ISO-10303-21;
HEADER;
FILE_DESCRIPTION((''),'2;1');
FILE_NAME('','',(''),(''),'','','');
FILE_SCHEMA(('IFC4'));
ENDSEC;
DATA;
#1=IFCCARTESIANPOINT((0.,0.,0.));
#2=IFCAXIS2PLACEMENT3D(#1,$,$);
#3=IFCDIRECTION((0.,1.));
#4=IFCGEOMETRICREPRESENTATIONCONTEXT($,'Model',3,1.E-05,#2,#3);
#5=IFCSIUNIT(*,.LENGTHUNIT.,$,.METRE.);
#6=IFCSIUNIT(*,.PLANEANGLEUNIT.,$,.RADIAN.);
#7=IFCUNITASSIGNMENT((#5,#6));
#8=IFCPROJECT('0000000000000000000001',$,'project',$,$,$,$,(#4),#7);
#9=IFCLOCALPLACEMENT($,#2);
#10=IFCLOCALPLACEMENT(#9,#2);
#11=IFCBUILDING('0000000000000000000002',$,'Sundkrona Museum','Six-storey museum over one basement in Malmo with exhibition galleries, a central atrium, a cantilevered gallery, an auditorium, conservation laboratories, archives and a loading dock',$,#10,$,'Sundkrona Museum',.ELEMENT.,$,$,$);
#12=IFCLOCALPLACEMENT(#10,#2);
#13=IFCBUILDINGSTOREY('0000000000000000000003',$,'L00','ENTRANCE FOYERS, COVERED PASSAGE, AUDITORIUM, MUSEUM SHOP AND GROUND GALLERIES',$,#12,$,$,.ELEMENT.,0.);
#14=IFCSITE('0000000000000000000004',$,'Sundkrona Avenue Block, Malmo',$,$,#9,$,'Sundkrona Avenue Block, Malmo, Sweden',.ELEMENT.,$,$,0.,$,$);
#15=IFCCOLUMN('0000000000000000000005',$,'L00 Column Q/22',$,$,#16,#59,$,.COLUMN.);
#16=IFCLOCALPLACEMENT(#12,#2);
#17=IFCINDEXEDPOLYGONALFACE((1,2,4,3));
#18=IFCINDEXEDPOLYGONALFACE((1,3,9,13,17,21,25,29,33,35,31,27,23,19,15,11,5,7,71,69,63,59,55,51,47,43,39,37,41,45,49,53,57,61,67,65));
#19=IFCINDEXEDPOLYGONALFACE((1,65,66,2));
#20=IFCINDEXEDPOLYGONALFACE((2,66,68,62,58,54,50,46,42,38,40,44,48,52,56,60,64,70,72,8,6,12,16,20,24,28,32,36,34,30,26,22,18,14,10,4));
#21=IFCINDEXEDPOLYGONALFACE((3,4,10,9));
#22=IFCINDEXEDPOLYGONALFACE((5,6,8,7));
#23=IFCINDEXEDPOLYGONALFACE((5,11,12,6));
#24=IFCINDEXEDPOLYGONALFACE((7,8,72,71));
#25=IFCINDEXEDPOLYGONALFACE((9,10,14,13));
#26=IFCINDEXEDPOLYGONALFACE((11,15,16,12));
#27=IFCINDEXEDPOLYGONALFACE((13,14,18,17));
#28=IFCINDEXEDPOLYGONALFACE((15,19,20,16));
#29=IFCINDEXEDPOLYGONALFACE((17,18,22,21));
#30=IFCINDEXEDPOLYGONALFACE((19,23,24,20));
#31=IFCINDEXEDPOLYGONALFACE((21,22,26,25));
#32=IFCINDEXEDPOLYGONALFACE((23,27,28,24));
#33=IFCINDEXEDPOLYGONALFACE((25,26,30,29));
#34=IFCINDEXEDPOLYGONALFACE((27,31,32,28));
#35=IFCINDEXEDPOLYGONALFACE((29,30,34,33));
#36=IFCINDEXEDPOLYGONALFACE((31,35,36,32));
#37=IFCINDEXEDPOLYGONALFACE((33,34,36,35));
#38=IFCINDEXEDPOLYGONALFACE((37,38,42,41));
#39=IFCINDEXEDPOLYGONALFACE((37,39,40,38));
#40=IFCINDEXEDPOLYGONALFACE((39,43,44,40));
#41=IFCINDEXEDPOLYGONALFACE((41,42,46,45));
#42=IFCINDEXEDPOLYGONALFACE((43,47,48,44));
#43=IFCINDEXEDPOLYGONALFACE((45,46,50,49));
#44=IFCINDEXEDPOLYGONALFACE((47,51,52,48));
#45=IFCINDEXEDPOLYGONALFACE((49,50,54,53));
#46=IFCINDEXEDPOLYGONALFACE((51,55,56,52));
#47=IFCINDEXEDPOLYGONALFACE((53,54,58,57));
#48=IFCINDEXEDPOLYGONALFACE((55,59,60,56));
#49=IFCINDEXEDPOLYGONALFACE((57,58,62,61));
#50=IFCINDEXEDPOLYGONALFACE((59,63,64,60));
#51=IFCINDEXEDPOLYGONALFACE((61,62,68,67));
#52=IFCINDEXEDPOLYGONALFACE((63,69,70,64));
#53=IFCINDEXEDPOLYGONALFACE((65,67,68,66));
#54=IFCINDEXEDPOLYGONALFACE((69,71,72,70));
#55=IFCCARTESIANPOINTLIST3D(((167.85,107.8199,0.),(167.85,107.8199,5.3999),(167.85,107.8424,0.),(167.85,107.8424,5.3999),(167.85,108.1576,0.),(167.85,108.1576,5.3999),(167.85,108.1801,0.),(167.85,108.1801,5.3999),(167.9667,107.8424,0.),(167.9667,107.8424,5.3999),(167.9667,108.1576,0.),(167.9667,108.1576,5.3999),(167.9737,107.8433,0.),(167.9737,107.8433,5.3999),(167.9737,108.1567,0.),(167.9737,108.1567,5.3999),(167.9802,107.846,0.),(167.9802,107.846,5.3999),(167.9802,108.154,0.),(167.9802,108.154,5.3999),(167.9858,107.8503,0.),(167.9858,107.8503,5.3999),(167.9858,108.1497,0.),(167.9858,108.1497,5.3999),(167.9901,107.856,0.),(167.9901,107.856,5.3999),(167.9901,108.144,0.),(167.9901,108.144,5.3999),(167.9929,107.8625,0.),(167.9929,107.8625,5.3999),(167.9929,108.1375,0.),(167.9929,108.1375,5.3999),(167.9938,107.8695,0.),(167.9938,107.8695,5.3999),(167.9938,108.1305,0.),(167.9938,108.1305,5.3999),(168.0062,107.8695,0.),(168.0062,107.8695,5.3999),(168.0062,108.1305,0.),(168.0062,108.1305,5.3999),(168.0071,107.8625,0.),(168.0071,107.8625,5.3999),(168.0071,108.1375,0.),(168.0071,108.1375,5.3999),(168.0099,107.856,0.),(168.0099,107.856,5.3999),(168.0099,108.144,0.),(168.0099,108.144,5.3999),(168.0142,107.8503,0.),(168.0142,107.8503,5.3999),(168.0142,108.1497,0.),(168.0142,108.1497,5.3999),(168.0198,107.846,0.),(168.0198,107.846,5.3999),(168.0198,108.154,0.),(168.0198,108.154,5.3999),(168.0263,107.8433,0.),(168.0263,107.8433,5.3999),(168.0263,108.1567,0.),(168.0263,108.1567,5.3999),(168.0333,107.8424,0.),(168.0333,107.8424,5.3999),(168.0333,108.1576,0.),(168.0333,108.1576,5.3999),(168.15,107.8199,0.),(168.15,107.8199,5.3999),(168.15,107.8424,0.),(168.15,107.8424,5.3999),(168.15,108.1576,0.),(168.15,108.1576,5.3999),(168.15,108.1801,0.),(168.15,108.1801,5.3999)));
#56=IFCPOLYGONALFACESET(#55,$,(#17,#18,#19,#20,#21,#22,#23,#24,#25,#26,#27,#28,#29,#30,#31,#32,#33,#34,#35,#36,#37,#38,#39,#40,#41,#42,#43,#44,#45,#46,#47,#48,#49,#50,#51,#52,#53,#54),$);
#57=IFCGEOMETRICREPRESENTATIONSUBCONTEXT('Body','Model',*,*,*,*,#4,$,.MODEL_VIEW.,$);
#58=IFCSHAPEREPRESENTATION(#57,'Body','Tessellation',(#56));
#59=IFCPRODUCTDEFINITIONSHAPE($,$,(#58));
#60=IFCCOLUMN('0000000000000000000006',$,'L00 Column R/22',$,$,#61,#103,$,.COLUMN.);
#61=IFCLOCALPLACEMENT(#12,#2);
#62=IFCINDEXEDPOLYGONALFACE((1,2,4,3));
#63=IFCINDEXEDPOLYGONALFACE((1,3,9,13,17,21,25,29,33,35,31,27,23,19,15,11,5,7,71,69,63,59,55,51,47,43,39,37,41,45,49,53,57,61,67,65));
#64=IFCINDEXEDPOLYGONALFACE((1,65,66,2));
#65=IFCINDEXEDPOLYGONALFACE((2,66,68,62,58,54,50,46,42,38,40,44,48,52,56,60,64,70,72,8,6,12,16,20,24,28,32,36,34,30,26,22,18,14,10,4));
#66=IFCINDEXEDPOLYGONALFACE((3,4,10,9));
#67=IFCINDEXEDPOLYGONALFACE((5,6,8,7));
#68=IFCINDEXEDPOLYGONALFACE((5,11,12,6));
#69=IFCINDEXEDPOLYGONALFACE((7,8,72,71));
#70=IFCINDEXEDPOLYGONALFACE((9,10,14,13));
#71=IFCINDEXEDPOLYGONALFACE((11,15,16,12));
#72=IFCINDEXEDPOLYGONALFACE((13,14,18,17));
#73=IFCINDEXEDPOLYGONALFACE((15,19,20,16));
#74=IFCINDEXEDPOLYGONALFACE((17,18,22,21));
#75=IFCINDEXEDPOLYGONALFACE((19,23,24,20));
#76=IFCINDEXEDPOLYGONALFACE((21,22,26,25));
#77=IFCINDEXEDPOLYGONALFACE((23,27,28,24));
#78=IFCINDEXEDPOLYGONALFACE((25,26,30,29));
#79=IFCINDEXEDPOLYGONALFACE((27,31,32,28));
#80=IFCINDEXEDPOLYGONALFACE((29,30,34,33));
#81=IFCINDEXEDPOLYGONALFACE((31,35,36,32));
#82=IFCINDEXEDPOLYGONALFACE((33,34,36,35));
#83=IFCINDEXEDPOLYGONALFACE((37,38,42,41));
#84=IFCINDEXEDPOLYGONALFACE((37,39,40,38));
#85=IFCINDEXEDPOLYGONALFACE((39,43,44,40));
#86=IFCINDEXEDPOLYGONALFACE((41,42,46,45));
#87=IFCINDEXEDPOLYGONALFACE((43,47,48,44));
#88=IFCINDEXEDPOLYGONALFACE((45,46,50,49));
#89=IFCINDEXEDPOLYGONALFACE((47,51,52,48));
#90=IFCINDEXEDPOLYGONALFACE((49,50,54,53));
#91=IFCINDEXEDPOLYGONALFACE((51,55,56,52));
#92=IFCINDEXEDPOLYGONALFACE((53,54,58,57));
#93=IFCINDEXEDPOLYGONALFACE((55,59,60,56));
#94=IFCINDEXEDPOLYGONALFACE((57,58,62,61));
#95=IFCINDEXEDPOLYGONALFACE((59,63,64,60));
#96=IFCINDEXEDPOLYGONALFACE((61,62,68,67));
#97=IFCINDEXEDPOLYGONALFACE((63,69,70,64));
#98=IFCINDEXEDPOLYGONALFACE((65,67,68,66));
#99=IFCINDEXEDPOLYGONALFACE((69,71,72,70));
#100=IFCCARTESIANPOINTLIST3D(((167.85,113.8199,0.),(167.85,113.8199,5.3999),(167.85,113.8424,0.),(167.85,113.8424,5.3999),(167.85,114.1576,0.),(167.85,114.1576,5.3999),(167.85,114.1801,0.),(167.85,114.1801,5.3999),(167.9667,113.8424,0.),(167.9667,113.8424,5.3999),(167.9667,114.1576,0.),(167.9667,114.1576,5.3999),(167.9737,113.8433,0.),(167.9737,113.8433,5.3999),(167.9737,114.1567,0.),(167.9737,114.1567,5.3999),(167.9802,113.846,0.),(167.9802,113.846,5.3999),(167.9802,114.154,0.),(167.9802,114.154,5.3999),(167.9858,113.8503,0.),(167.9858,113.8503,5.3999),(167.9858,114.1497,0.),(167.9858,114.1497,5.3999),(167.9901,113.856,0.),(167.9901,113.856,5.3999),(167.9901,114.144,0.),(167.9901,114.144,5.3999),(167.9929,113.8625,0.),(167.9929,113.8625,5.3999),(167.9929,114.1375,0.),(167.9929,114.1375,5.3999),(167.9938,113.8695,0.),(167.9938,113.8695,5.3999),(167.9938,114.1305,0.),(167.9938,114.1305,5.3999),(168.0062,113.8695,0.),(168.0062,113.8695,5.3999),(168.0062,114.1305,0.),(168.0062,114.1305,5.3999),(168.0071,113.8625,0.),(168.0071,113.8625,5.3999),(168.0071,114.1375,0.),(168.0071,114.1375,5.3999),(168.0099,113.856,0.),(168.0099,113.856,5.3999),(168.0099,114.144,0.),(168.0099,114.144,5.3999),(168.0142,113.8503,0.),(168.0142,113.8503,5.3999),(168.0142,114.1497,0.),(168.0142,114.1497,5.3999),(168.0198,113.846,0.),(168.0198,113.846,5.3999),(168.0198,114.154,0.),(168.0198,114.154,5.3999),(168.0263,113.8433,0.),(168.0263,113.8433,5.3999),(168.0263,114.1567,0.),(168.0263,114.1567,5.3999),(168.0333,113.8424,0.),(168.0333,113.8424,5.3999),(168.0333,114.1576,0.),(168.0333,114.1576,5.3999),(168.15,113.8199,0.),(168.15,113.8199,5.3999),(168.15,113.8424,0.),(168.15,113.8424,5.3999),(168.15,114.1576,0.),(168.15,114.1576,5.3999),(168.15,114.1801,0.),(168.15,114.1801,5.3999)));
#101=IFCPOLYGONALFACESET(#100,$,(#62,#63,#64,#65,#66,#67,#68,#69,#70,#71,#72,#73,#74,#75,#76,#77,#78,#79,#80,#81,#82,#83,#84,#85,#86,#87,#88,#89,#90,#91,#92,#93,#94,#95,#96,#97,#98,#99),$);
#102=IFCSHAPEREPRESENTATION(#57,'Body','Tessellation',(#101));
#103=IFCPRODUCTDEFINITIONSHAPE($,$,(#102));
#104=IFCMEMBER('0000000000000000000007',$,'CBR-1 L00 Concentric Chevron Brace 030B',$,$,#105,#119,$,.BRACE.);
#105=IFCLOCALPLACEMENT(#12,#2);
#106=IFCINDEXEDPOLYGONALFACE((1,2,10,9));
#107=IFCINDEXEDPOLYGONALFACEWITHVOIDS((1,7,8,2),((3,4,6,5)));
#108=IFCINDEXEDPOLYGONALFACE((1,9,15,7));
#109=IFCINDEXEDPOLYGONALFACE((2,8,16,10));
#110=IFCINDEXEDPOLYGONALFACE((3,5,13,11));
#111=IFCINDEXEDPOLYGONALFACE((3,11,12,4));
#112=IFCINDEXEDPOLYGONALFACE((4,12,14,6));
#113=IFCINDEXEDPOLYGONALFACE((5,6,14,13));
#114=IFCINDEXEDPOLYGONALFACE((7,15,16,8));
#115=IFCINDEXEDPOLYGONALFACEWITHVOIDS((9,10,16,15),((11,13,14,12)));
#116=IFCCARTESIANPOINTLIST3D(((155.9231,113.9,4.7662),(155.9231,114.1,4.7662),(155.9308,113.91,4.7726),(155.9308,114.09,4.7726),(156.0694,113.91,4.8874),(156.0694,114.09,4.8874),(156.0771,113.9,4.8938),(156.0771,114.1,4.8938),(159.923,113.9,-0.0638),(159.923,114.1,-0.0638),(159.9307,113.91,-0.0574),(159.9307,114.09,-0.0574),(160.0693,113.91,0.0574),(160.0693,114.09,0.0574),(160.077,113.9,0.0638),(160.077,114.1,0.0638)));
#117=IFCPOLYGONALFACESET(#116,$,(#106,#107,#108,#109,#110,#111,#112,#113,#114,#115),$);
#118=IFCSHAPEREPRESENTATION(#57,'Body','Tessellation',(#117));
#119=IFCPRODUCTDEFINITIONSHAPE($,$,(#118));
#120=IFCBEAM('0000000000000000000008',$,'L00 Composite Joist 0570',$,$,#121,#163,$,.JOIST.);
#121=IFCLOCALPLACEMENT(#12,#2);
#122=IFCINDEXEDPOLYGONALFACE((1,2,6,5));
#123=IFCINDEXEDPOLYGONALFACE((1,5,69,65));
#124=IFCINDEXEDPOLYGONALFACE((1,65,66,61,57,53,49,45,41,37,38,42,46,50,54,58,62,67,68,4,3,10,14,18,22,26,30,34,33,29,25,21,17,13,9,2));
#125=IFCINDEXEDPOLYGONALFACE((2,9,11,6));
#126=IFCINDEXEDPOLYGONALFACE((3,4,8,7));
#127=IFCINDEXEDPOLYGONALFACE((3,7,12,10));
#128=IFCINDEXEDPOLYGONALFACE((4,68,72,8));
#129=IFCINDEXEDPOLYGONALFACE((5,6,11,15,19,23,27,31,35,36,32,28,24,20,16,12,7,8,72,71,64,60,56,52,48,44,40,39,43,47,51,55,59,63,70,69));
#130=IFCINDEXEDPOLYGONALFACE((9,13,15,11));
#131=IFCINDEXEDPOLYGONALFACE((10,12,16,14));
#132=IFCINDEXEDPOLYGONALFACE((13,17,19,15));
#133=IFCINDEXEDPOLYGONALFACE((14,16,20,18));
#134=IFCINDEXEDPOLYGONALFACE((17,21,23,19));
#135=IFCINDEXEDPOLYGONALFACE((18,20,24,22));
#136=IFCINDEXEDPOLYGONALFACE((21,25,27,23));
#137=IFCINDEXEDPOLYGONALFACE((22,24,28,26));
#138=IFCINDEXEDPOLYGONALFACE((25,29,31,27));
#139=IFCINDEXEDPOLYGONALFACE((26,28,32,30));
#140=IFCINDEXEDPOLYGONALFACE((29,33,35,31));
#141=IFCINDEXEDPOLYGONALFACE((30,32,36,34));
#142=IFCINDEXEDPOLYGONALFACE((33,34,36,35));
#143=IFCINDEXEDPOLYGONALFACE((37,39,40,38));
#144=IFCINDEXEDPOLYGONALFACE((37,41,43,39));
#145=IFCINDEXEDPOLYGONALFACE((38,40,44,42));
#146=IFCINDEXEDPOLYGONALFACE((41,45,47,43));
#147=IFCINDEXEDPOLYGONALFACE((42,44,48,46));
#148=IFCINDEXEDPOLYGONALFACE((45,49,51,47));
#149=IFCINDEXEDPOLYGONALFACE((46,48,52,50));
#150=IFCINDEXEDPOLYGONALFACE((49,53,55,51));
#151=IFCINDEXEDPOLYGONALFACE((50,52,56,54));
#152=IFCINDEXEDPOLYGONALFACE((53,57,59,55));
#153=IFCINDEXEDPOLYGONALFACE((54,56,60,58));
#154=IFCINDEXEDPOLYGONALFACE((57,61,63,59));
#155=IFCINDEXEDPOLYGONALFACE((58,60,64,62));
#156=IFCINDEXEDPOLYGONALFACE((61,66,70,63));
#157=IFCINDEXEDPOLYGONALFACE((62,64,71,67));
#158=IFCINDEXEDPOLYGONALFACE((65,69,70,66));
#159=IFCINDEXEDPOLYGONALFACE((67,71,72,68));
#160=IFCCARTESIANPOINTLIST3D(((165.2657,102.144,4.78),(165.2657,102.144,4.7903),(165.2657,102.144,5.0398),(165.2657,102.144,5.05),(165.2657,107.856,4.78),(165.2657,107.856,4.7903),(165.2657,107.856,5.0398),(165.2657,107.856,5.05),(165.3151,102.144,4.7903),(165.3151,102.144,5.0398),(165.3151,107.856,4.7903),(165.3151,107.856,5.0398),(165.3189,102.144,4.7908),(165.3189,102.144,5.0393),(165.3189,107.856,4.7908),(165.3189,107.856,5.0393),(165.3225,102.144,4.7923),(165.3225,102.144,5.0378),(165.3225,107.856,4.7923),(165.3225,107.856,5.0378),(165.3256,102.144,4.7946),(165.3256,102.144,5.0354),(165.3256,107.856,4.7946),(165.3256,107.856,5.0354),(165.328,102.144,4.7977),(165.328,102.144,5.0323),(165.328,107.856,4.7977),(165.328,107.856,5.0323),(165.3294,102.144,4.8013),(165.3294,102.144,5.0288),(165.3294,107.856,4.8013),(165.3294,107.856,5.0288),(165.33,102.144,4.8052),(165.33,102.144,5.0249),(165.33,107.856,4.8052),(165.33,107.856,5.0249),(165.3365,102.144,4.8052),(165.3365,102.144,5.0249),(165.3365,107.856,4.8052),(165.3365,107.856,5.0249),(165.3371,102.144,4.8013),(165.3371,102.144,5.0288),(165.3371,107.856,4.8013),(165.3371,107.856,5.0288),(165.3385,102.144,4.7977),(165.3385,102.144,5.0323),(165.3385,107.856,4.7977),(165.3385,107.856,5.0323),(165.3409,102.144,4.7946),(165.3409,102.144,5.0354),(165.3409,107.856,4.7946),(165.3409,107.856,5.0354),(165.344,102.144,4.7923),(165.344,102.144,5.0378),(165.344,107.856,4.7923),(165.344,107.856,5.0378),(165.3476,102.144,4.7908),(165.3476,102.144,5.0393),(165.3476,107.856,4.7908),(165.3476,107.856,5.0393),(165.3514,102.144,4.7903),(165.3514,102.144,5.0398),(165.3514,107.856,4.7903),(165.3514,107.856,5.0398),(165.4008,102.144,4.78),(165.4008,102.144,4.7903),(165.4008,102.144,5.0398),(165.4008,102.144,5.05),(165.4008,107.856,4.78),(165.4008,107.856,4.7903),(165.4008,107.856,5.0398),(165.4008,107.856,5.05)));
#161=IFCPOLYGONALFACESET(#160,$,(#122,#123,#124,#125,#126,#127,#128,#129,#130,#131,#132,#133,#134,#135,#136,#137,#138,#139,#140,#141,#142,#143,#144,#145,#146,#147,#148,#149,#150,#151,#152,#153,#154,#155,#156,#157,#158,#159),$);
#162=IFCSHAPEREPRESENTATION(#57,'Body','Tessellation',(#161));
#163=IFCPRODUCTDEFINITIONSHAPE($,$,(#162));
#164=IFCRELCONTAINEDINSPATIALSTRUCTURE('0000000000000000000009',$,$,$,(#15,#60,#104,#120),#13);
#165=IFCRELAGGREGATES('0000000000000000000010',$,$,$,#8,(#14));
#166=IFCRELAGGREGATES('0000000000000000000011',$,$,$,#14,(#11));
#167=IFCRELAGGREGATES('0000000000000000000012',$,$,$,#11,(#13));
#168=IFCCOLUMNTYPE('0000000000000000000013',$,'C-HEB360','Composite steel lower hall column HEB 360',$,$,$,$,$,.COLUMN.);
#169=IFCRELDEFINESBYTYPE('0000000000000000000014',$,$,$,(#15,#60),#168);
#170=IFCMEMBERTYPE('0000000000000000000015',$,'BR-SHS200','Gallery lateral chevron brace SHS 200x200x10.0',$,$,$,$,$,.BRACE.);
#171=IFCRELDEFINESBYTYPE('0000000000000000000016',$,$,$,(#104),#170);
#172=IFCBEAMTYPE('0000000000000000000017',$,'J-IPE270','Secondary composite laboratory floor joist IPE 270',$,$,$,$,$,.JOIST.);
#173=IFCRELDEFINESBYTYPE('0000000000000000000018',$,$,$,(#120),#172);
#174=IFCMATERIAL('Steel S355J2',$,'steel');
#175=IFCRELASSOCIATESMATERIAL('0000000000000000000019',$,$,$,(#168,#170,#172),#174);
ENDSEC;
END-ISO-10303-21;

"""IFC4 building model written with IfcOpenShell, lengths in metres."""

from ifc_helpers import new_model, si_unit, direction, frame, origin, origin_2d, place, context, subcontext, project, spatial, hollow_rectangle, i_section, extrude, material, material_profile, profile_set, type_object, element, save


model = new_model("IFC4")

# Units and contexts
model_context = context("Model", 3, precision=1e-05, world=origin(), true_north=direction((0.0, 1.0)))
body_context = subcontext(model_context, "Body", "Model", "MODEL_VIEW")
ifc_project = project(units=[si_unit("LENGTHUNIT", "METRE"), si_unit("PLANEANGLEUNIT", "RADIAN")], contexts=[model_context])

# Site, building, storey
site_placement = place(None, origin())
site = spatial("IfcSite", under=ifc_project, at=site_placement, Name="Sundkrona Avenue Block, Malmo", LongName="Sundkrona Avenue Block, Malmo, Sweden", CompositionType="ELEMENT", RefElevation=0.0)
building_placement = place(site_placement, origin())
building = spatial("IfcBuilding", under=site, at=building_placement, Name="Sundkrona Museum", Description="Six-storey museum over one basement in Malmo with exhibition galleries, a central atrium, a cantilevered gallery, an auditorium, conservation laboratories, archives and a loading dock", LongName="Sundkrona Museum", CompositionType="ELEMENT")
storey_placement = place(building_placement, origin())
storey = spatial("IfcBuildingStorey", under=building, at=storey_placement, Name="L00", Description="ENTRANCE FOYERS, COVERED PASSAGE, AUDITORIUM, MUSEUM SHOP AND GROUND GALLERIES", CompositionType="ELEMENT", Elevation=0.0)

# Columns
ifc_material_1 = material(Name="Steel S355J2", Category="steel")
ifc_material_profile_1 = material_profile(ifc_material_1, i_section(OverallWidth=0.3, OverallDepth=0.3601, WebThickness=0.0125, FlangeThickness=0.0225, FilletRadius=0.0271, at=origin_2d()), Name="HEB 360")
ifc_profile_set_1 = profile_set([ifc_material_profile_1], Name="Steel S355J2")
column_type = type_object("IfcColumnType", Name="C-HEB360", Description="Composite steel lower hall column HEB 360", PredefinedType="COLUMN", material=ifc_profile_set_1)
for number, where, z_axis, x_axis, name in (
    (1, (168.0, 108.0, 0.0), (0.0, 0.0, 1.0), (1.0, 0.0, 0.0), "L00 Column Q/22"),
    (2, (168.0, 114.0, 0.0), (0.0, 0.0, 1.0), (1.0, 0.0, 0.0), "L00 Column R/22"),
):
    element("IfcColumn", number, at=place(storey_placement, frame(where, z_axis=z_axis, x_axis=x_axis)), inside=storey, type_object=column_type, Name=name, PredefinedType="COLUMN", context=body_context, shape_type="SweptSolid", body=[
        extrude(i_section(OverallWidth=0.3, OverallDepth=0.3601, WebThickness=0.0125, FlangeThickness=0.0225, FilletRadius=0.0271, at=origin_2d()), origin(), (0.0, 0.0, 1.0), 5.3999),
    ])

# Member
ifc_material_profile_2 = material_profile(ifc_material_1, hollow_rectangle(XDim=0.2, YDim=0.2, WallThickness=0.01, at=origin_2d()), Name="SHS 200x200x10.0")
ifc_profile_set_2 = profile_set([ifc_material_profile_2], Name="Steel S355J2")
member_type = type_object("IfcMemberType", Name="BR-SHS200", Description="Gallery lateral chevron brace SHS 200x200x10.0", PredefinedType="BRACE", material=ifc_profile_set_2)
member_placement = place(storey_placement, frame((160.0, 114.0, 0.0), z_axis=(-0.637823, 0.0, 0.770183), x_axis=(0.0, -1.0, 0.0)))
element("IfcMember", 3, at=member_placement, inside=storey, type_object=member_type, Name="CBR-1 L00 Concentric Chevron Brace 030B", PredefinedType="BRACE", context=body_context, shape_type="SweptSolid", body=[
    extrude(hollow_rectangle(XDim=0.2, YDim=0.2, WallThickness=0.01, at=origin_2d()), origin(), (0.0, 0.0, 1.0), 6.2712),
])

# Beam
ifc_material_profile_3 = material_profile(ifc_material_1, i_section(OverallWidth=0.135, OverallDepth=0.27, WebThickness=0.0066, FlangeThickness=0.0103, FilletRadius=0.0149, at=origin_2d()), Name="IPE 270")
ifc_profile_set_3 = profile_set([ifc_material_profile_3], Name="Steel S355J2")
beam_type_1 = type_object("IfcBeamType", Name="J-IPE270", Description="Secondary composite laboratory floor joist IPE 270", PredefinedType="JOIST", material=ifc_profile_set_3)
beam_1_placement = place(storey_placement, frame((165.3333, 102.144, 4.915), z_axis=(0.0, 1.0, 0.0), x_axis=(-1.0, 0.0, 0.0)))
element("IfcBeam", 4, at=beam_1_placement, inside=storey, type_object=beam_type_1, Name="L00 Composite Joist 0570", PredefinedType="JOIST", context=body_context, shape_type="SweptSolid", body=[
    extrude(i_section(OverallWidth=0.135, OverallDepth=0.27, WebThickness=0.0066, FlangeThickness=0.0103, FilletRadius=0.0149, at=origin_2d()), origin(), (0.0, 0.0, 1.0), 5.7119),
])

save(model, "model.ifc")
